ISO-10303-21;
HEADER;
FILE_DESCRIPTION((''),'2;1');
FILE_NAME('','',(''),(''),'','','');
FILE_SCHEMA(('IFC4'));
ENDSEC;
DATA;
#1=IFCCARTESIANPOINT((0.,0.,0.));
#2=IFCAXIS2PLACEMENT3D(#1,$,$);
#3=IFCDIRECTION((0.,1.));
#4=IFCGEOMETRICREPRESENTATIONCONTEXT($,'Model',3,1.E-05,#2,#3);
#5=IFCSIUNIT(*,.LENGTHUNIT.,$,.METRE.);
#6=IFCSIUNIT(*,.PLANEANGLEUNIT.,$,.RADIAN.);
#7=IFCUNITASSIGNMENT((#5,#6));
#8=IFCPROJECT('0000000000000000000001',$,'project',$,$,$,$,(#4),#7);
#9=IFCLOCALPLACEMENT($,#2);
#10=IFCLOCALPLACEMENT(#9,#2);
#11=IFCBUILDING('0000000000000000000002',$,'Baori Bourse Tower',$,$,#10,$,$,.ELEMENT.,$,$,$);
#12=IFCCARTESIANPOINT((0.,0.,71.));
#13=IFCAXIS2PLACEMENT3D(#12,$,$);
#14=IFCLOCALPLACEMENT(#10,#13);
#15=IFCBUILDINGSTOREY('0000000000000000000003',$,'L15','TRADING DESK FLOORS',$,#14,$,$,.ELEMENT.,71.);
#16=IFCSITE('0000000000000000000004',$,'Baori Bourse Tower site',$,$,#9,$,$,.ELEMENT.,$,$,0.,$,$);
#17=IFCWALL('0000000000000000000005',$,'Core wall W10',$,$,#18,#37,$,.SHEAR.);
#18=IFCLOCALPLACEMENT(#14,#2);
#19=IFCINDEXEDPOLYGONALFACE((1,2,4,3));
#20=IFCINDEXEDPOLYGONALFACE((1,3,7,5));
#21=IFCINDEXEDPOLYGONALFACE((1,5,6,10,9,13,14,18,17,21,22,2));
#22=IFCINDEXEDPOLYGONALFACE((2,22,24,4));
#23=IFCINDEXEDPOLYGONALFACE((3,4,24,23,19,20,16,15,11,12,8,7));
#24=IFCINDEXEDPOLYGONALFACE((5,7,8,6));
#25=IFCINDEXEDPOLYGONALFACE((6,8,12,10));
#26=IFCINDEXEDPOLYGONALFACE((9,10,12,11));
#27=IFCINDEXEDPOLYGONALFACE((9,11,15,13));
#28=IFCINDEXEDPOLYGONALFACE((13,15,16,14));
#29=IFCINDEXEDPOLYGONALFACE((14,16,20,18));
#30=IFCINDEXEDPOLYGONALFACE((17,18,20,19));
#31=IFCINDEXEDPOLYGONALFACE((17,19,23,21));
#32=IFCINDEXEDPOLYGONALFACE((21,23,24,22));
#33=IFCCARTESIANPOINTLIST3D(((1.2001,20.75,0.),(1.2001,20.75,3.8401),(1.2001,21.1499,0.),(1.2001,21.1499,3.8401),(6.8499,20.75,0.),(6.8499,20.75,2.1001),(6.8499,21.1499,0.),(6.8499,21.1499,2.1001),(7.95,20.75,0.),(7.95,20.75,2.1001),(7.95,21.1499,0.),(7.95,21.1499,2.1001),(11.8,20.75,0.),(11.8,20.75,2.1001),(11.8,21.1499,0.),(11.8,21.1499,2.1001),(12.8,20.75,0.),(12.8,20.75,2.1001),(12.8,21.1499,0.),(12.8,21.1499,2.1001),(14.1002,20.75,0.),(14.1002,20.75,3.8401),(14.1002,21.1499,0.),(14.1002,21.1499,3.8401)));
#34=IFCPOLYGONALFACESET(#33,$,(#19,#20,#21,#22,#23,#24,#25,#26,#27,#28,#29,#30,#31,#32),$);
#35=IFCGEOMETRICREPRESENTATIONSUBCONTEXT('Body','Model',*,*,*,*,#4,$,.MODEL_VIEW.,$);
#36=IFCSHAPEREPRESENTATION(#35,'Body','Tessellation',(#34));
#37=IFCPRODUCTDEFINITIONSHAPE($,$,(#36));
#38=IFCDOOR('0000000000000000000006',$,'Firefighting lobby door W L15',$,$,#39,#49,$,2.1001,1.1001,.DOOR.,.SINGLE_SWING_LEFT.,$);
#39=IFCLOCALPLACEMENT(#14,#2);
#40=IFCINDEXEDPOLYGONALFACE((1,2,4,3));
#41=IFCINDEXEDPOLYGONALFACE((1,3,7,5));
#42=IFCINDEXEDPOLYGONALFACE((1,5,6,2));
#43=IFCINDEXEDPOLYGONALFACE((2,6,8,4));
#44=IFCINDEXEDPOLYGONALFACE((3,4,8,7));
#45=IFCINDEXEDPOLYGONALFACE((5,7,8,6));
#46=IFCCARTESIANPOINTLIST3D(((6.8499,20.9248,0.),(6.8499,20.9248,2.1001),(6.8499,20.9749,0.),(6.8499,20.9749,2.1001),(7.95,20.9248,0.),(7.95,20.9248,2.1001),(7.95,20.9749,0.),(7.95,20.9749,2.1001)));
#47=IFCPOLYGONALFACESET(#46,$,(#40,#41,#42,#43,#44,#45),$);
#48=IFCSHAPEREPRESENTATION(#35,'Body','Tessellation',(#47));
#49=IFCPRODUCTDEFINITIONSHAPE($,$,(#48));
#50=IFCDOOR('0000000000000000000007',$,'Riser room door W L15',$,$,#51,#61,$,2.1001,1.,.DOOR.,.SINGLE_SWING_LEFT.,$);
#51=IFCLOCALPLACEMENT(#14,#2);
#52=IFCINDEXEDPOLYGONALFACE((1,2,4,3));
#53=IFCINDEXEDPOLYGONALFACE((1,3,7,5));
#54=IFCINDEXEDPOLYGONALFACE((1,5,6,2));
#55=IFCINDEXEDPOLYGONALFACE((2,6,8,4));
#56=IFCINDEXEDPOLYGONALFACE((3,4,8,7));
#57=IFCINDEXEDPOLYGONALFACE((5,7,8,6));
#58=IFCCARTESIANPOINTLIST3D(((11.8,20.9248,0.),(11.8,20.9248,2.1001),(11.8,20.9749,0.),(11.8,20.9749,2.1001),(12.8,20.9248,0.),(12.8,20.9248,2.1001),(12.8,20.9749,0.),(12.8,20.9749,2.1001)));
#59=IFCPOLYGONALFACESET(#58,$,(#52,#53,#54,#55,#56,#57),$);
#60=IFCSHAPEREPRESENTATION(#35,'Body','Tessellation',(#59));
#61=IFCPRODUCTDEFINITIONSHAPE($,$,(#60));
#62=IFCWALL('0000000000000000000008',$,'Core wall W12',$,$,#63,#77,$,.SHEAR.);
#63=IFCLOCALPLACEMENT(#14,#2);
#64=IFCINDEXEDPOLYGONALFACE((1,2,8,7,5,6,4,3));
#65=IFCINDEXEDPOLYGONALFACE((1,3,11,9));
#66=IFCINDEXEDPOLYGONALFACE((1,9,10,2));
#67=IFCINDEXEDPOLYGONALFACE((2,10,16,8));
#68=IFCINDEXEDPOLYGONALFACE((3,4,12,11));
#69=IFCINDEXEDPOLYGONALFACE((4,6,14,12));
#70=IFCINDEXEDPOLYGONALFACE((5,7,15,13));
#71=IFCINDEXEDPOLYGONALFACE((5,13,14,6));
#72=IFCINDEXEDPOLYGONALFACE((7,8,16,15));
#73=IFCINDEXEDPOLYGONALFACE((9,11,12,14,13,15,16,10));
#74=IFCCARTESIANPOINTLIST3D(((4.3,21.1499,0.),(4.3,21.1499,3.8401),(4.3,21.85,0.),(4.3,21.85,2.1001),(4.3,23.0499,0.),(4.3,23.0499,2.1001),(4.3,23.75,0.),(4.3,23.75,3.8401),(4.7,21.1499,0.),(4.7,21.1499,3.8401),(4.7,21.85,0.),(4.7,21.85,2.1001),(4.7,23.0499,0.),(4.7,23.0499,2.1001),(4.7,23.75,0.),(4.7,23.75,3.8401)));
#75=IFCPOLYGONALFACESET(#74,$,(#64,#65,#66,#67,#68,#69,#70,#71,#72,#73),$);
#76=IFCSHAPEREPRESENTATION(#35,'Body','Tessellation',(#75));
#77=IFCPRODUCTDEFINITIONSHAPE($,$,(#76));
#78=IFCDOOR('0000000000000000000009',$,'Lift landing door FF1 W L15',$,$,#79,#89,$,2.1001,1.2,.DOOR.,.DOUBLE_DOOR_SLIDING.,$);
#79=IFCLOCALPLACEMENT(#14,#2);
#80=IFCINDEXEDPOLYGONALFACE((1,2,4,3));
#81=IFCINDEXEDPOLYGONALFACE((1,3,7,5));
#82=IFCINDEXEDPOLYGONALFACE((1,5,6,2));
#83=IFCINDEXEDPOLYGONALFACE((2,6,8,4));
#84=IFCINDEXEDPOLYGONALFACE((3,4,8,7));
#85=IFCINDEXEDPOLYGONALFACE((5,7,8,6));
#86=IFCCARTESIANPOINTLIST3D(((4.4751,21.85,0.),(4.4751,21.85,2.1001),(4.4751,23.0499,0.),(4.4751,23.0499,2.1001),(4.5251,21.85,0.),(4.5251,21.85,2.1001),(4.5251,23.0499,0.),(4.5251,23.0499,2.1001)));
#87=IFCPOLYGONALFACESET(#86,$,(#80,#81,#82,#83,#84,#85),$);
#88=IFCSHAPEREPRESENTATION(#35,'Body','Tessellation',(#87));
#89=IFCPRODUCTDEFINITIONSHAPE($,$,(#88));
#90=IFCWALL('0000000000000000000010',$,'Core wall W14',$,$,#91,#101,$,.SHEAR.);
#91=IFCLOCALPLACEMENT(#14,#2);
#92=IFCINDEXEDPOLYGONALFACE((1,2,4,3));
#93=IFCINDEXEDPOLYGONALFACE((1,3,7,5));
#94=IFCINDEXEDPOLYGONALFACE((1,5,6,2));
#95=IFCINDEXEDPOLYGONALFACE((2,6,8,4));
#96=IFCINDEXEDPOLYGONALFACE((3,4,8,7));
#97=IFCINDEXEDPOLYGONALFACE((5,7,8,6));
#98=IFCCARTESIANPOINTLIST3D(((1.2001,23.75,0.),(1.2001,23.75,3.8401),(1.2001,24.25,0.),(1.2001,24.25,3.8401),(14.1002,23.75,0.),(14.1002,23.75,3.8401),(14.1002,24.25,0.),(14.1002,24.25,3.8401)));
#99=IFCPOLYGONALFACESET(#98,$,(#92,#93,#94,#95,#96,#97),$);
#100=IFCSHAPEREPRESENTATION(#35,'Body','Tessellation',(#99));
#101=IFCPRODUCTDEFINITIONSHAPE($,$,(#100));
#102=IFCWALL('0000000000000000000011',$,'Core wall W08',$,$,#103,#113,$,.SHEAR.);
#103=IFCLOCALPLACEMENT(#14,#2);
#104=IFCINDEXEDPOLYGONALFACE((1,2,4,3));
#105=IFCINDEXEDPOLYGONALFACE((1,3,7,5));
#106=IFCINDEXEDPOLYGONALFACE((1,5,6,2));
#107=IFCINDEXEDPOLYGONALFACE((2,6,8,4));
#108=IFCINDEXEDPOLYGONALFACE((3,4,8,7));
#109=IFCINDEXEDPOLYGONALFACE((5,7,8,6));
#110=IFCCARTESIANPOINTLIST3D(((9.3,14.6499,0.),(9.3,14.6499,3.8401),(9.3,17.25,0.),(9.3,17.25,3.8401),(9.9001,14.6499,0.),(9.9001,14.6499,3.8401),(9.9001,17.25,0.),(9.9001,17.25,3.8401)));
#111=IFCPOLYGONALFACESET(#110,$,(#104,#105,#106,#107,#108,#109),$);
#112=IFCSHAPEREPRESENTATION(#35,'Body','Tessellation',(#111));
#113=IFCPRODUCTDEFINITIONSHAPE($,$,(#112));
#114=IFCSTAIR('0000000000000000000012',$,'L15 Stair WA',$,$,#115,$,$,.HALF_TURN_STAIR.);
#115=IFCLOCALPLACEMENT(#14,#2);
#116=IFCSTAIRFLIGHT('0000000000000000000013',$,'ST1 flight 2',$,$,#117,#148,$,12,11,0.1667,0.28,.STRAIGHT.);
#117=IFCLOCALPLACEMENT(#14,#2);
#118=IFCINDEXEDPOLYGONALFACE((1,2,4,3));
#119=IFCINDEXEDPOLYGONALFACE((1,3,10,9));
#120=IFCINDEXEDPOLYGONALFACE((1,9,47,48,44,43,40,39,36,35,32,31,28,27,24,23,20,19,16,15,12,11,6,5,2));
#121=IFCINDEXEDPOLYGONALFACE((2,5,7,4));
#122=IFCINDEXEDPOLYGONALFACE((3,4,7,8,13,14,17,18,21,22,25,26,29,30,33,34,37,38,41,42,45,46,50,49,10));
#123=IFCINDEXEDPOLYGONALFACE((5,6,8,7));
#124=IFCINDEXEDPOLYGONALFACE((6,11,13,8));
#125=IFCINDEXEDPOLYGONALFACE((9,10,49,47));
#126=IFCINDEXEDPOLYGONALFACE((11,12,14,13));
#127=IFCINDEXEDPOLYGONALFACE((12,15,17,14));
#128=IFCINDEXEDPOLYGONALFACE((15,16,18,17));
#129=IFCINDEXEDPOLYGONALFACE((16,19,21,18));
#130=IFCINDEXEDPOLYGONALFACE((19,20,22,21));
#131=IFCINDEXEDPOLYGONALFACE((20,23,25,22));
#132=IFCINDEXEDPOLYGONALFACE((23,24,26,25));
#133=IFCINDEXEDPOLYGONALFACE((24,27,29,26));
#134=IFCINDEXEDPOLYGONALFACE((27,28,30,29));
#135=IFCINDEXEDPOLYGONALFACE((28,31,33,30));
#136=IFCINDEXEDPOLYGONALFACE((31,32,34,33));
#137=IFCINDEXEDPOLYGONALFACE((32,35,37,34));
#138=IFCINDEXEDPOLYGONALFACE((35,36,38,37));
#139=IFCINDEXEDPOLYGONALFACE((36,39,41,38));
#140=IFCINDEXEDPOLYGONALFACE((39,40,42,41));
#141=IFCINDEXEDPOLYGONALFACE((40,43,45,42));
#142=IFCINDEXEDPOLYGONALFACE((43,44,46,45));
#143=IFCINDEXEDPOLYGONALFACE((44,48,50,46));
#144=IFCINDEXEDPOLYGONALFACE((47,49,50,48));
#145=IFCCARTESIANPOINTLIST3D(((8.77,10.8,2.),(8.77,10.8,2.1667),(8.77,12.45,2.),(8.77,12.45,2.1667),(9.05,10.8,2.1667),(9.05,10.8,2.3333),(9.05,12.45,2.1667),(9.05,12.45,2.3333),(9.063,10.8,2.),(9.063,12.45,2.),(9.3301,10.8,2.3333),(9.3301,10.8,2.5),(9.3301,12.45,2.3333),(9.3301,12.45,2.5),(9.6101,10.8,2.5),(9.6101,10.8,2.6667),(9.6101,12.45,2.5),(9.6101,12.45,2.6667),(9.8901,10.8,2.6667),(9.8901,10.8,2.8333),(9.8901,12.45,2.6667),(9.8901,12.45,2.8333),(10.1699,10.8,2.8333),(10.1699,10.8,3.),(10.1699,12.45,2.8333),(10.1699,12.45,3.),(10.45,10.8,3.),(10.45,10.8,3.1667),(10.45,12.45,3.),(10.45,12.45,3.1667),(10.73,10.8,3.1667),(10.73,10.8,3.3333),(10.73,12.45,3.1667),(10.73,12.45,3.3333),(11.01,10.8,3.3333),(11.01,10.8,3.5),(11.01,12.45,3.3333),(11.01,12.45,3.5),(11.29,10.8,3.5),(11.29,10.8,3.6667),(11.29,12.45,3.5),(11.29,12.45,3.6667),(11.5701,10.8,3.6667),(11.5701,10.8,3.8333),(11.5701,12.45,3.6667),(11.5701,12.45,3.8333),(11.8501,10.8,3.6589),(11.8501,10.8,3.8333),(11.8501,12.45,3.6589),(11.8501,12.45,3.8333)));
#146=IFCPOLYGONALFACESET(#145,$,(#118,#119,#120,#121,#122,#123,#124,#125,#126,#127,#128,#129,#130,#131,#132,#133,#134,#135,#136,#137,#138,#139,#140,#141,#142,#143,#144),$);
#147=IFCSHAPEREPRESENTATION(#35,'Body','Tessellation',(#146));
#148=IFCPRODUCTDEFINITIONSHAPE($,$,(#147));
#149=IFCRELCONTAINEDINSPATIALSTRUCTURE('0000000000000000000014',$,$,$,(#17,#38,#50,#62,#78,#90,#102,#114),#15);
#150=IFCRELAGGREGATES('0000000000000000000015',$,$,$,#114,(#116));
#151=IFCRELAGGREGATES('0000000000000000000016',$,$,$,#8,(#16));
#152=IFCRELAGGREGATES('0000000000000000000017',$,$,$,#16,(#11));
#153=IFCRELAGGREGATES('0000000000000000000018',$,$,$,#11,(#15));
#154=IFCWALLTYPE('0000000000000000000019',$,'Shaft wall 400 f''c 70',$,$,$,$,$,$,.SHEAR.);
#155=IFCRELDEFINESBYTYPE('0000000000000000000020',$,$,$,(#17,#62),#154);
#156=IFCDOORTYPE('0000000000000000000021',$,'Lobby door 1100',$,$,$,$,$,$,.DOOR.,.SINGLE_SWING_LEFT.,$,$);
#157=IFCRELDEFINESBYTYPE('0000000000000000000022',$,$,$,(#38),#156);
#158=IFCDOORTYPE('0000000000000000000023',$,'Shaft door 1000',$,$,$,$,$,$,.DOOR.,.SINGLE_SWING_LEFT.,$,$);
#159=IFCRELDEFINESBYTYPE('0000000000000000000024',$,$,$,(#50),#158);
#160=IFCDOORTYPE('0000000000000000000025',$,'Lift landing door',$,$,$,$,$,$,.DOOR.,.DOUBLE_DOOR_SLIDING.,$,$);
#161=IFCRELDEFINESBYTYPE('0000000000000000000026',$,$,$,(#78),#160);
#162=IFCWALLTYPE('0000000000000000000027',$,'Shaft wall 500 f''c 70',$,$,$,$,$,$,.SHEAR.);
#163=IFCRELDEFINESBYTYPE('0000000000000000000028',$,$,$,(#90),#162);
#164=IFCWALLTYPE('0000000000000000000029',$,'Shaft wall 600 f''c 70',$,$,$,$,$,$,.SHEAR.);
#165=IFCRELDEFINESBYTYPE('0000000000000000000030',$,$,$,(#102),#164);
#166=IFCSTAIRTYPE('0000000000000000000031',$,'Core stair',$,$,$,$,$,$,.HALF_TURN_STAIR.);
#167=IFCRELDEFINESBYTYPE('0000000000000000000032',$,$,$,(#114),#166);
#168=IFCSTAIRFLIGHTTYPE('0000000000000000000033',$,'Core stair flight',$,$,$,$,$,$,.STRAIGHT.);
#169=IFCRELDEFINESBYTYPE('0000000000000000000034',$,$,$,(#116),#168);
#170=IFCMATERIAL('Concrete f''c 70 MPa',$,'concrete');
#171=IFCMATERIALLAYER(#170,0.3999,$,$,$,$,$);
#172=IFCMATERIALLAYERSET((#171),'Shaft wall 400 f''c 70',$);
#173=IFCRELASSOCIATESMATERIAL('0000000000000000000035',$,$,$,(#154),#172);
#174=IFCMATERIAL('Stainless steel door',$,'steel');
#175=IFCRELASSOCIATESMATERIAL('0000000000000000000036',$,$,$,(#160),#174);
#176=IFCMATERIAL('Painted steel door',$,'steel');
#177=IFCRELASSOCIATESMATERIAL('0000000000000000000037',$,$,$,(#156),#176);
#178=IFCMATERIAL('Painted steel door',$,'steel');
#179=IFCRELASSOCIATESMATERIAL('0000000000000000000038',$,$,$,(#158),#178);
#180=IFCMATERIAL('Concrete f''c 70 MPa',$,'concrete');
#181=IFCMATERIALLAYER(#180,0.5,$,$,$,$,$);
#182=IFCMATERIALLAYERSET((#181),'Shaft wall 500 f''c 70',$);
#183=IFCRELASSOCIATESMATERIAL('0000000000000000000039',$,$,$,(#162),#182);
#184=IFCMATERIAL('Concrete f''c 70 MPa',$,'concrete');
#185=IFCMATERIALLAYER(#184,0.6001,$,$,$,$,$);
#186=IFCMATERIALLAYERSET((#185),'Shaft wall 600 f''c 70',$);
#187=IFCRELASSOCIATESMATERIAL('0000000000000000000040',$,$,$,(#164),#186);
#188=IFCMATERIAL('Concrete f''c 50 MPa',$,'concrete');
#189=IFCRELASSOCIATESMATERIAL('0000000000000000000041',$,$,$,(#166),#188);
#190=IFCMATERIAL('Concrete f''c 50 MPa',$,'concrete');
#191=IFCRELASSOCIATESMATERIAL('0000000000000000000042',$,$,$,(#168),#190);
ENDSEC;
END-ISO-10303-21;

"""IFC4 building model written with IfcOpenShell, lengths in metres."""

from ifc_helpers import new_model, si_unit, direction, frame, frame_2d, origin, place, context, subcontext, project, spatial, polyline, rectangle, outline, extrude, material, layer, layer_set, type_object, element, fill, aggregate, save


model = new_model("IFC4")

# Units and contexts
model_context = context("Model", 3, precision=1e-05, world=origin(), true_north=direction((0.0, 1.0)))
body_context = subcontext(model_context, "Body", "Model", "MODEL_VIEW")
ifc_project = project(units=[si_unit("LENGTHUNIT", "METRE"), si_unit("PLANEANGLEUNIT", "RADIAN")], contexts=[model_context])

# Site, building, storey
site_placement = place(None, origin())
site = spatial("IfcSite", under=ifc_project, at=site_placement, Name="Baori Bourse Tower site", CompositionType="ELEMENT", RefElevation=0.0)
building_placement = place(site_placement, origin())
building = spatial("IfcBuilding", under=site, at=building_placement, Name="Baori Bourse Tower", CompositionType="ELEMENT")
storey_placement = place(building_placement, frame((0.0, 0.0, 71.0)))
storey = spatial("IfcBuildingStorey", under=building, at=storey_placement, Name="L15", Description="TRADING DESK FLOORS", CompositionType="ELEMENT", Elevation=71.0)

# Shared definitions
ifc_material_1 = material(Name="Concrete f'c 70 MPa", Category="concrete")
ifc_layer_1 = layer(ifc_material_1, 0.3999)
ifc_layer_set_1 = layer_set([ifc_layer_1], Name="Shaft wall 400 f'c 70")
wall_type_1 = type_object("IfcWallType", Name="Shaft wall 400 f'c 70", PredefinedType="SHEAR", material=ifc_layer_set_1)

# Wall, openings, doors
ifc_material_2 = material(Name="Stainless steel door", Category="steel")
door_type_1 = type_object("IfcDoorType", Name="Lift landing door", OperationType="DOUBLE_DOOR_SLIDING", PredefinedType="DOOR", material=ifc_material_2)
wall_1_placement = place(storey_placement, frame((1.2, 20.95, 0.0), z_axis=(0.0, 0.0, 1.0), x_axis=(1.0, 0.0, 0.0)))
wall_1 = element("IfcWall", 1, at=wall_1_placement, inside=storey, type_object=wall_type_1, Name="Core wall W10", PredefinedType="SHEAR", context=body_context, shape_type="SweptSolid", body=[
    extrude(rectangle(XDim=12.9001, YDim=0.3999, at=frame_2d((6.4502, 0.0))), origin(), (0.0, 0.0, 1.0), 3.8401),
])
opening_1_placement = place(wall_1_placement, frame((5.6499, 0.0, 0.0)))
opening_1 = element("IfcOpeningElement", 2, at=opening_1_placement, cuts=wall_1, PredefinedType="OPENING", context=body_context, shape_type="SweptSolid", body=[
    extrude(rectangle(XDim=1.1001, YDim=2.1001, at=frame_2d((0.55, 1.05))), frame((0.0, 0.21, 0.0), z_axis=(0.0, -1.0, 0.0), x_axis=(1.0, 0.0, 0.0)), (0.0, 0.0, 1.0), 0.4199),
])
opening_2_placement = place(wall_1_placement, frame((10.6001, 0.0, 0.0)))
opening_2 = element("IfcOpeningElement", 3, at=opening_2_placement, cuts=wall_1, PredefinedType="OPENING", context=body_context, shape_type="SweptSolid", body=[
    extrude(rectangle(XDim=1.0, YDim=2.1001, at=frame_2d((0.5, 1.05))), frame((0.0, 0.21, 0.0), z_axis=(0.0, -1.0, 0.0), x_axis=(1.0, 0.0, 0.0)), (0.0, 0.0, 1.0), 0.4199),
])
ifc_material_3 = material(Name="Painted steel door", Category="steel")
door_type_2 = type_object("IfcDoorType", Name="Lobby door 1100", OperationType="SINGLE_SWING_LEFT", PredefinedType="DOOR", material=ifc_material_3)
door_1_placement = place(opening_1_placement, origin())
door_1 = element("IfcDoor", 4, at=door_1_placement, inside=storey, type_object=door_type_2, Name="Firefighting lobby door W L15", OperationType="SINGLE_SWING_LEFT", OverallHeight=2.1001, OverallWidth=1.1001, PredefinedType="DOOR", context=body_context, shape_type="SweptSolid", body=[
    extrude(rectangle(XDim=1.1001, YDim=2.1001, at=frame_2d((0.55, 1.05))), frame((0.0, 0.0249, 0.0), z_axis=(0.0, -1.0, 0.0), x_axis=(1.0, 0.0, 0.0)), (0.0, 0.0, 1.0), 0.05),
])
fill(opening_1, door_1)
ifc_material_4 = material(Name="Painted steel door", Category="steel")
door_type_3 = type_object("IfcDoorType", Name="Shaft door 1000", OperationType="SINGLE_SWING_LEFT", PredefinedType="DOOR", material=ifc_material_4)
door_2_placement = place(opening_2_placement, origin())
door_2 = element("IfcDoor", 5, at=door_2_placement, inside=storey, type_object=door_type_3, Name="Riser room door W L15", OperationType="SINGLE_SWING_LEFT", OverallHeight=2.1001, OverallWidth=1.0, PredefinedType="DOOR", context=body_context, shape_type="SweptSolid", body=[
    extrude(rectangle(XDim=1.0, YDim=2.1001, at=frame_2d((0.5, 1.05))), frame((0.0, 0.0249, 0.0), z_axis=(0.0, -1.0, 0.0), x_axis=(1.0, 0.0, 0.0)), (0.0, 0.0, 1.0), 0.05),
])
fill(opening_2, door_2)

# Wall, opening, door
wall_2_placement = place(storey_placement, frame((4.5, 21.1499, 0.0), z_axis=(0.0, 0.0, 1.0), x_axis=(0.0, 1.0, 0.0)))
wall_2 = element("IfcWall", 6, at=wall_2_placement, inside=storey, type_object=wall_type_1, Name="Core wall W12", PredefinedType="SHEAR", context=body_context, shape_type="SweptSolid", body=[
    extrude(rectangle(XDim=2.6001, YDim=0.3999, at=frame_2d((1.3, 0.0))), origin(), (0.0, 0.0, 1.0), 3.8401),
])
opening_3_placement = place(wall_2_placement, frame((0.7, 0.0, 0.0)))
opening_3 = element("IfcOpeningElement", 7, at=opening_3_placement, cuts=wall_2, PredefinedType="OPENING", context=body_context, shape_type="SweptSolid", body=[
    extrude(rectangle(XDim=1.2, YDim=2.1001, at=frame_2d((0.6001, 1.05))), frame((0.0, 0.21, 0.0), z_axis=(0.0, -1.0, 0.0), x_axis=(1.0, 0.0, 0.0)), (0.0, 0.0, 1.0), 0.4199),
])
door_3_placement = place(opening_3_placement, origin())
door_3 = element("IfcDoor", 8, at=door_3_placement, inside=storey, type_object=door_type_1, Name="Lift landing door FF1 W L15", OperationType="DOUBLE_DOOR_SLIDING", OverallHeight=2.1001, OverallWidth=1.2, PredefinedType="DOOR", context=body_context, shape_type="SweptSolid", body=[
    extrude(rectangle(XDim=1.2, YDim=2.1001, at=frame_2d((0.6001, 1.05))), frame((0.0, 0.0249, 0.0), z_axis=(0.0, -1.0, 0.0), x_axis=(1.0, 0.0, 0.0)), (0.0, 0.0, 1.0), 0.05),
])
fill(opening_3, door_3)

# Walls
ifc_material_5 = material(Name="Concrete f'c 70 MPa", Category="concrete")
ifc_layer_2 = layer(ifc_material_5, 0.5)
ifc_layer_set_2 = layer_set([ifc_layer_2], Name="Shaft wall 500 f'c 70")
wall_type_2 = type_object("IfcWallType", Name="Shaft wall 500 f'c 70", PredefinedType="SHEAR", material=ifc_layer_set_2)
wall_3_placement = place(storey_placement, frame((1.2, 24.0, 0.0), z_axis=(0.0, 0.0, 1.0), x_axis=(1.0, 0.0, 0.0)))
element("IfcWall", 9, at=wall_3_placement, inside=storey, type_object=wall_type_2, Name="Core wall W14", PredefinedType="SHEAR", context=body_context, shape_type="SweptSolid", body=[
    extrude(rectangle(XDim=12.9001, YDim=0.5, at=frame_2d((6.4502, 0.0))), origin(), (0.0, 0.0, 1.0), 3.8401),
])
ifc_material_6 = material(Name="Concrete f'c 70 MPa", Category="concrete")
ifc_layer_3 = layer(ifc_material_6, 0.6001)
ifc_layer_set_3 = layer_set([ifc_layer_3], Name="Shaft wall 600 f'c 70")
wall_type_3 = type_object("IfcWallType", Name="Shaft wall 600 f'c 70", PredefinedType="SHEAR", material=ifc_layer_set_3)
wall_4_placement = place(storey_placement, frame((9.6001, 14.6499, 0.0), z_axis=(0.0, 0.0, 1.0), x_axis=(0.0, 1.0, 0.0)))
element("IfcWall", 10, at=wall_4_placement, inside=storey, type_object=wall_type_3, Name="Core wall W08", PredefinedType="SHEAR", context=body_context, shape_type="SweptSolid", body=[
    extrude(rectangle(XDim=2.6001, YDim=0.6001, at=frame_2d((1.3, 0.0))), origin(), (0.0, 0.0, 1.0), 3.8401),
])

# Stair, stair flight
ifc_material_7 = material(Name="Concrete f'c 50 MPa", Category="concrete")
stair_type = type_object("IfcStairType", Name="Core stair", PredefinedType="HALF_TURN_STAIR", material=ifc_material_7)
stair_placement = place(storey_placement, origin())
stair = element("IfcStair", 11, at=stair_placement, inside=storey, type_object=stair_type, Name="L15 Stair WA", PredefinedType="HALF_TURN_STAIR")
ifc_material_8 = material(Name="Concrete f'c 50 MPa", Category="concrete")
stair_flight_type = type_object("IfcStairFlightType", Name="Core stair flight", PredefinedType="STRAIGHT", material=ifc_material_8)
stair_flight_placement = place(storey_placement, frame((8.77, 11.625, 2.0), z_axis=(0.0, 0.0, 1.0), x_axis=(1.0, 0.0, 0.0)))
stair_flight = element("IfcStairFlight", 12, at=stair_flight_placement, type_object=stair_flight_type, Name="ST1 flight 2", NumberOfRisers=12, NumberOfTreads=11, PredefinedType="STRAIGHT", RiserHeight=0.1667, TreadLength=0.28, context=body_context, shape_type="SweptSolid", body=[
    extrude(outline(polyline([(0.0, 0.0), (0.0, 0.1667), (0.28, 0.1667), (0.28, 0.3333), (0.5601, 0.3333), (0.5601, 0.5), (0.8401, 0.5), (0.8401, 0.6667), (1.1201, 0.6667), (1.1201, 0.8333), (1.3999, 0.8333), (1.3999, 1.0), (1.6799, 1.0), (1.6799, 1.1667), (1.96, 1.1667), (1.96, 1.3333), (2.24, 1.3333), (2.24, 1.5), (2.52, 1.5), (2.52, 1.6667), (2.8, 1.6667), (2.8, 1.8333), (3.0801, 1.8333), (3.0801, 2.0), (3.0801, 1.6589), (0.293, 0.0), (0.0, 0.0)])), frame((0.0, 0.825, 0.0), z_axis=(0.0, -1.0, 0.0), x_axis=(1.0, 0.0, 0.0)), (0.0, 0.0, 1.0), 1.6499),
])
aggregate(stair, [stair_flight])

save(model, "model.ifc")
